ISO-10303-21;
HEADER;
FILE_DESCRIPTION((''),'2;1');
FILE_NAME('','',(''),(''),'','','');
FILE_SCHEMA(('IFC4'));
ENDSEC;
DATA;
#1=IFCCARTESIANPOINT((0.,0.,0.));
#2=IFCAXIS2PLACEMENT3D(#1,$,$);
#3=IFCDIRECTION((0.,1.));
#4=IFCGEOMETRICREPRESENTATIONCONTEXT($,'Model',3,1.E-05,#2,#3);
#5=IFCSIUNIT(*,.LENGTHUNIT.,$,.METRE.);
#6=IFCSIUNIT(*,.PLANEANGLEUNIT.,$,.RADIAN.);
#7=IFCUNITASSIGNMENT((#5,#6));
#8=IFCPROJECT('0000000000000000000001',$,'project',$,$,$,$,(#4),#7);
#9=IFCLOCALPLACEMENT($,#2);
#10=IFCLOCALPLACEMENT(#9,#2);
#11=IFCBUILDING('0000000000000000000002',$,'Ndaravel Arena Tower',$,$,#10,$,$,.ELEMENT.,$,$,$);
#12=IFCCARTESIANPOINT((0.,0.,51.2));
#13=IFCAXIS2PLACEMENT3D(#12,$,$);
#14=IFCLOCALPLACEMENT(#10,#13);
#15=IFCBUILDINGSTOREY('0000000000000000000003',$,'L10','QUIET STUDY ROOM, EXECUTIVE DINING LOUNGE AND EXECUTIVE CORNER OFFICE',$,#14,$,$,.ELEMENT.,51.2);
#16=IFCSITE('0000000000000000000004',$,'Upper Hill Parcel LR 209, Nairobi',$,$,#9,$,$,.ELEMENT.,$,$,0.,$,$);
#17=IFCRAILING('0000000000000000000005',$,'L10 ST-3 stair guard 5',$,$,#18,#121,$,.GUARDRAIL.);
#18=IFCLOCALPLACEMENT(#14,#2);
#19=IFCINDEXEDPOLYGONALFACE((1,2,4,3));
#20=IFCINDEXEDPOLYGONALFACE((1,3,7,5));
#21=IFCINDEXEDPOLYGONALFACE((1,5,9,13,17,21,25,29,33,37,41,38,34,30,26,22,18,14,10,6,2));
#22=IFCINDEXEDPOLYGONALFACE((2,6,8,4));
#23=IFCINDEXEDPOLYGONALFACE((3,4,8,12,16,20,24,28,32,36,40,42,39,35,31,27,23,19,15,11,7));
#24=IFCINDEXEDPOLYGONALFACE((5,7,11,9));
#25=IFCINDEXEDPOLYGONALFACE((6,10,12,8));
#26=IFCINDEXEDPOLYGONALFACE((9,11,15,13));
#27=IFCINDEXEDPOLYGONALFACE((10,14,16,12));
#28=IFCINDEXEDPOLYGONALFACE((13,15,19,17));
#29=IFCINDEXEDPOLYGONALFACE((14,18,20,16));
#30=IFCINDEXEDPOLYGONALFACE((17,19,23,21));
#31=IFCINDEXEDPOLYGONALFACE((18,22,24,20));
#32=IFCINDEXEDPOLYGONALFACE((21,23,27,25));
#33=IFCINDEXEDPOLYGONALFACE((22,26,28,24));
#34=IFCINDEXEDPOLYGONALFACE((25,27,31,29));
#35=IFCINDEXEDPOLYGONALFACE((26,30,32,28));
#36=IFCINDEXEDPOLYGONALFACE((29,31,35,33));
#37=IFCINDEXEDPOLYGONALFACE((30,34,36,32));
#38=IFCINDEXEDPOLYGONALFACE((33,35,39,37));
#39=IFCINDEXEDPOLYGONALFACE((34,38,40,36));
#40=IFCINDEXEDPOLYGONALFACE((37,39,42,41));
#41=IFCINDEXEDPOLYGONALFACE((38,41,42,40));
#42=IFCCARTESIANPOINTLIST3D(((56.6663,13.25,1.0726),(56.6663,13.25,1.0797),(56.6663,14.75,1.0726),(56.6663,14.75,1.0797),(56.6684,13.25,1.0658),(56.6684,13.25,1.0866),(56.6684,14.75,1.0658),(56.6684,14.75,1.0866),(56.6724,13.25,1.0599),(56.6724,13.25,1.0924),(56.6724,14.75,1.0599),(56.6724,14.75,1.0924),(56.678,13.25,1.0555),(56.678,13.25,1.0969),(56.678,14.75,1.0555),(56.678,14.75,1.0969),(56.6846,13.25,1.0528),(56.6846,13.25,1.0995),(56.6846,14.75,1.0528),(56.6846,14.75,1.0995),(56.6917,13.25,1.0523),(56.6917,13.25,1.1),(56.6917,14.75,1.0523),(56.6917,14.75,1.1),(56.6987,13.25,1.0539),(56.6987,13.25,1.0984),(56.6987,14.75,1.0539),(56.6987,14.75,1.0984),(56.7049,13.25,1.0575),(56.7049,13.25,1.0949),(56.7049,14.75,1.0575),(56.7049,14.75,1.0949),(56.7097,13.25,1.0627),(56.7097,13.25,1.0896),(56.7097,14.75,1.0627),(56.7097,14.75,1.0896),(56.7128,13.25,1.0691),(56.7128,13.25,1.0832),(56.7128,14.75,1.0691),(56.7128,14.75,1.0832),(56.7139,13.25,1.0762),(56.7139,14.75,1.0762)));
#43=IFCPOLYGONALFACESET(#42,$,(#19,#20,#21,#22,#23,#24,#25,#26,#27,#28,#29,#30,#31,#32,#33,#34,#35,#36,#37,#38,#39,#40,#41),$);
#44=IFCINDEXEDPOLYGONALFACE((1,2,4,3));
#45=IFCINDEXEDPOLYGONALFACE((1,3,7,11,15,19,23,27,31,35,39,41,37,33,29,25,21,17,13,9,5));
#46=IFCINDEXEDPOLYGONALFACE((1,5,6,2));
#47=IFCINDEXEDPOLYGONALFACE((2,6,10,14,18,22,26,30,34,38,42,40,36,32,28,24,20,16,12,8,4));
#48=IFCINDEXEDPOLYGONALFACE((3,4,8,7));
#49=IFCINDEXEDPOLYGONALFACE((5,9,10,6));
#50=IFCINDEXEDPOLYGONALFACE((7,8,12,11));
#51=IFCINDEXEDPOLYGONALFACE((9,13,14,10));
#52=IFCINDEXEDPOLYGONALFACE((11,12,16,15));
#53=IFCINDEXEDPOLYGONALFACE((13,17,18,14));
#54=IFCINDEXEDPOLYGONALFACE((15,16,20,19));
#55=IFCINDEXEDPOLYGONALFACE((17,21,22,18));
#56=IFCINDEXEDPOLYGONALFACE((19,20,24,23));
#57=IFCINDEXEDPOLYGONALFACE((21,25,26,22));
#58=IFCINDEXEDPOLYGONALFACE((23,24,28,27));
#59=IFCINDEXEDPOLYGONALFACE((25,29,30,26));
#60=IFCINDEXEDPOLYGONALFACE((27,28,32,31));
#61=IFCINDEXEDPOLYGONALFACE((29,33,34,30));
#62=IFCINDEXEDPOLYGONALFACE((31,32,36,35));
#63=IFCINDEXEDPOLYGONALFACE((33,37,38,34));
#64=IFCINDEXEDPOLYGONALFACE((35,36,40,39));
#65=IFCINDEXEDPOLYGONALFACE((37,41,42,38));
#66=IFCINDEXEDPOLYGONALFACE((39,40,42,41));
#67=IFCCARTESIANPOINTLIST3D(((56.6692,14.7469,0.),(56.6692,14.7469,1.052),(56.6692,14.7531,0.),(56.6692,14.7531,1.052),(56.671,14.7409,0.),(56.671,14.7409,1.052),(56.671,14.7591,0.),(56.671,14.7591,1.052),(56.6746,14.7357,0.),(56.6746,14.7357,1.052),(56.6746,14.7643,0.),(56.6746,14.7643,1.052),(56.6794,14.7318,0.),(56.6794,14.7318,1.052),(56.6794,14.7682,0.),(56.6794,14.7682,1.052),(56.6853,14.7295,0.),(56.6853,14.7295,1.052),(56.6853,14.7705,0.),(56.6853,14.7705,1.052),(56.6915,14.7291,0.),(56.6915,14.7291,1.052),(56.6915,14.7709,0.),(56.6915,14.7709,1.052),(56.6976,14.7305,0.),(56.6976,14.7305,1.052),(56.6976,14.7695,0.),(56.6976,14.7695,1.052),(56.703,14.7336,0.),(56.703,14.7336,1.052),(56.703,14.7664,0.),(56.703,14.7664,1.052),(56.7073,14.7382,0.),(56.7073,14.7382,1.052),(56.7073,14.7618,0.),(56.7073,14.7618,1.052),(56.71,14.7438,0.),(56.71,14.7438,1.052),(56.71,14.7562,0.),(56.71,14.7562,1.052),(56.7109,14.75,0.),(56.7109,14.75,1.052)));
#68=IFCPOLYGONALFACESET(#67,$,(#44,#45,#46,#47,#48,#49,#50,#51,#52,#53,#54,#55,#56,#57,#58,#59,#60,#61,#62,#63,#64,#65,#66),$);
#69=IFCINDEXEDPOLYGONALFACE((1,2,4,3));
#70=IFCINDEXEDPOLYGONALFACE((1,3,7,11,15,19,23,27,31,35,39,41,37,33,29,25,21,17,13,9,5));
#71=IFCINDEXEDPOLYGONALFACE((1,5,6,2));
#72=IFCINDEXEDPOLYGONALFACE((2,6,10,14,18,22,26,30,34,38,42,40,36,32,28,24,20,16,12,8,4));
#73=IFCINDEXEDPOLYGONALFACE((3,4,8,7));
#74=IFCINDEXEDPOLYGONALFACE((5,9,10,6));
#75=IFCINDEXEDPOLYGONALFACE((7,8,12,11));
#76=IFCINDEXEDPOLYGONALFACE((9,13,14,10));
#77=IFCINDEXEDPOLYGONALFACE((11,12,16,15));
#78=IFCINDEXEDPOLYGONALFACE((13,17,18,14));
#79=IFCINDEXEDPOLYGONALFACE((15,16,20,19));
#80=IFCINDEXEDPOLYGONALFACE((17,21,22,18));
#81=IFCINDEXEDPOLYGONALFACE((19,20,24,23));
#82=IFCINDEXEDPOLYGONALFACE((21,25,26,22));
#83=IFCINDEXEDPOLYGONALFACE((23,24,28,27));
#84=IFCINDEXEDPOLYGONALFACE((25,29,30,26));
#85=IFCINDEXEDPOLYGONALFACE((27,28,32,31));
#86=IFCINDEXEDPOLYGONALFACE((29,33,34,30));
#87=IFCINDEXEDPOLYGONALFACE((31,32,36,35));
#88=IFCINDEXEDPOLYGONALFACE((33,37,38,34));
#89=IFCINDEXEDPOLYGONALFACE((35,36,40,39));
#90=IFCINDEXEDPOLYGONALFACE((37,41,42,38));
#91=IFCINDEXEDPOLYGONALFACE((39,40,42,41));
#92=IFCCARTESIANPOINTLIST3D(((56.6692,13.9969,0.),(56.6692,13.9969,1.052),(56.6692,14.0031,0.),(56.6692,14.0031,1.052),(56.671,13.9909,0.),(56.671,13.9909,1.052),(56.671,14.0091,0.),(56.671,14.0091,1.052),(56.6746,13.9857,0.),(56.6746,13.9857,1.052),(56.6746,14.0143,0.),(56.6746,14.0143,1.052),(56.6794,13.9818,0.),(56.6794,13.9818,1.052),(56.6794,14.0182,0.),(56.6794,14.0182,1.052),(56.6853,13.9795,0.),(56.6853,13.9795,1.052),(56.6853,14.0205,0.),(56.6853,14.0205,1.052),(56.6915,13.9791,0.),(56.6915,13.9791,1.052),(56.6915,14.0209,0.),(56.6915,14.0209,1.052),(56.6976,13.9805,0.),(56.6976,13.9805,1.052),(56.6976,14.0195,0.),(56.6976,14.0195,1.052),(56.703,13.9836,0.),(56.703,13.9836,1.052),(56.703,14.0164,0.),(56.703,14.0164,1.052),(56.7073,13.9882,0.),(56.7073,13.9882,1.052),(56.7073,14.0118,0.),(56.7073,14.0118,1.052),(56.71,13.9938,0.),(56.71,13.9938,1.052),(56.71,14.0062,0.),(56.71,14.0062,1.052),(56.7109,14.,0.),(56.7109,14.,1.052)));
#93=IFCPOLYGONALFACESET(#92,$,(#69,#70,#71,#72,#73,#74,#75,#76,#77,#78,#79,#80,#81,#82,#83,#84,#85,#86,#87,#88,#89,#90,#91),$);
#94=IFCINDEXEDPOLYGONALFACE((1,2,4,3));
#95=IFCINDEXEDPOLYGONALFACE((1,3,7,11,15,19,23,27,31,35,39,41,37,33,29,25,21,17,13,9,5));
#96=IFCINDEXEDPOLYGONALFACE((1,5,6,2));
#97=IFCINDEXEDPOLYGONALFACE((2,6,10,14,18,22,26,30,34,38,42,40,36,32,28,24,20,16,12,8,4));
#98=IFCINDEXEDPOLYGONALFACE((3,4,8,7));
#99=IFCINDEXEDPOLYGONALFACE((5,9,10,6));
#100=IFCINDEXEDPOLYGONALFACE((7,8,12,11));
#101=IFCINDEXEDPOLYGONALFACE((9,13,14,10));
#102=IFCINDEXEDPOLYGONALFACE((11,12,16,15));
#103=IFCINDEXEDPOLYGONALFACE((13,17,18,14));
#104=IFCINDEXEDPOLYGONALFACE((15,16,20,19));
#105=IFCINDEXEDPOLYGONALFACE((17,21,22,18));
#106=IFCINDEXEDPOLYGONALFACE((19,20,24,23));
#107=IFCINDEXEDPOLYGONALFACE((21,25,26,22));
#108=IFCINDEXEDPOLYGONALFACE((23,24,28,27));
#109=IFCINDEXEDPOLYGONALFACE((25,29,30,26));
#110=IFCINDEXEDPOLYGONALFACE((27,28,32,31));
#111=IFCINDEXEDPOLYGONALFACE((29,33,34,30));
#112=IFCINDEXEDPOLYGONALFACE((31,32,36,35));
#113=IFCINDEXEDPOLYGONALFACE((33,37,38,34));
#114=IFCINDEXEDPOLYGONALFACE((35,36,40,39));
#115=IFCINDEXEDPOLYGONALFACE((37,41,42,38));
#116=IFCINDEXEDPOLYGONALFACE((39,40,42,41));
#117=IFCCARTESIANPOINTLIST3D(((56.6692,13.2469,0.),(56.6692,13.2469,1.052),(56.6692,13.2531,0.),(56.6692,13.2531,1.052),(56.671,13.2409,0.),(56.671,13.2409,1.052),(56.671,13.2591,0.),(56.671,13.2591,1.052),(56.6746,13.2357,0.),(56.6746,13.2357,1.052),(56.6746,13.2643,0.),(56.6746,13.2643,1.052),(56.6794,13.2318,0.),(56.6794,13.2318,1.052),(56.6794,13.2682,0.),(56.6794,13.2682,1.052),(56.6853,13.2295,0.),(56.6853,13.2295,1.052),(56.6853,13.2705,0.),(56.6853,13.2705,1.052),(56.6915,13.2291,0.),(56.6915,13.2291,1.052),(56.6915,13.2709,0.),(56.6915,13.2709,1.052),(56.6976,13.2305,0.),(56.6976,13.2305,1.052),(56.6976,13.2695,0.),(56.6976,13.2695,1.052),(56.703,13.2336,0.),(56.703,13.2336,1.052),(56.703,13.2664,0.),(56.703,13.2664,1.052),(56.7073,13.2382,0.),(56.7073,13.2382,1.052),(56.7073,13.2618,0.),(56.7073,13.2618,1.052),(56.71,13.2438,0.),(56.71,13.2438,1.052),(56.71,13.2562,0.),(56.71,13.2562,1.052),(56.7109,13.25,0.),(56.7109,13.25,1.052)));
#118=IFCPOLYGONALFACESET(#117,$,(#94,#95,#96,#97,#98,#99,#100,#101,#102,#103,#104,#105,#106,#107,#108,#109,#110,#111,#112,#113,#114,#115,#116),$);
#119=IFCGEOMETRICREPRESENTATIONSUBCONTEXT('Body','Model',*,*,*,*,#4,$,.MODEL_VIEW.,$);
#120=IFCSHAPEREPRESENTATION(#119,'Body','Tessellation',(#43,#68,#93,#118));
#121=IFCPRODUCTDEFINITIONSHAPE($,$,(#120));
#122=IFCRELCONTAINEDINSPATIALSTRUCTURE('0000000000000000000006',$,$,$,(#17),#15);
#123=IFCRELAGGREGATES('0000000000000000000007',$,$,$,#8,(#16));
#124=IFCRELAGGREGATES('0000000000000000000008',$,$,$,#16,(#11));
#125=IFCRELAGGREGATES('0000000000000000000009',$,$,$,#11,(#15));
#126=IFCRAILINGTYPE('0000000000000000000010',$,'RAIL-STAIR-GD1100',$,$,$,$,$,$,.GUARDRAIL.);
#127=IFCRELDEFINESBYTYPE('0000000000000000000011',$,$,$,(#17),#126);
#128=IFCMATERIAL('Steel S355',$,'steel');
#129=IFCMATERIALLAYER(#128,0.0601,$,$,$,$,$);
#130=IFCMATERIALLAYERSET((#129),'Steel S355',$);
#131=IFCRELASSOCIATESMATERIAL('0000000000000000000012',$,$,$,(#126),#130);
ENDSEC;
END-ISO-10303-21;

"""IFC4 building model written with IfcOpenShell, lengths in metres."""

from ifc_helpers import new_model, si_unit, direction, frame, origin, origin_2d, place, context, subcontext, project, spatial, circle, extrude, material, layer, layer_set, type_object, element, save


model = new_model("IFC4")

# Units and contexts
model_context = context("Model", 3, precision=1e-05, world=origin(), true_north=direction((0.0, 1.0)))
body_context = subcontext(model_context, "Body", "Model", "MODEL_VIEW")
ifc_project = project(units=[si_unit("LENGTHUNIT", "METRE"), si_unit("PLANEANGLEUNIT", "RADIAN")], contexts=[model_context])

# Site, building, storey
site_placement = place(None, origin())
site = spatial("IfcSite", under=ifc_project, at=site_placement, Name="Upper Hill Parcel LR 209, Nairobi", CompositionType="ELEMENT", RefElevation=0.0)
building_placement = place(site_placement, origin())
building = spatial("IfcBuilding", under=site, at=building_placement, Name="Ndaravel Arena Tower", CompositionType="ELEMENT")
storey_placement = place(building_placement, frame((0.0, 0.0, 51.2)))
storey = spatial("IfcBuildingStorey", under=building, at=storey_placement, Name="L10", Description="QUIET STUDY ROOM, EXECUTIVE DINING LOUNGE AND EXECUTIVE CORNER OFFICE", CompositionType="ELEMENT", Elevation=51.2)

# Railing
ifc_material_1 = material(Name="Steel S355", Category="steel")
ifc_layer_1 = layer(ifc_material_1, 0.0601)
ifc_layer_set_1 = layer_set([ifc_layer_1], Name="Steel S355")
railing_type = type_object("IfcRailingType", Name="RAIL-STAIR-GD1100", PredefinedType="GUARDRAIL", material=ifc_layer_set_1)
for number, where, name in (
    (1, (56.6899, 14.75, 0.0), "L10 ST-3 stair guard 5"),
):
    element("IfcRailing", number, at=place(storey_placement, frame(where)), inside=storey, type_object=railing_type, Name=name, PredefinedType="GUARDRAIL", context=body_context, shape_type="SweptSolid", body=[
        extrude(circle(Radius=0.0239, at=origin_2d()), frame((0.0, 0.0, 1.0762), z_axis=(0.0, -1.0, 0.0), x_axis=(1.0, 0.0, 0.0)), (0.0, 0.0, 1.0), 1.5),
        extrude(circle(Radius=0.021, at=origin_2d()), origin(), (0.0, 0.0, 1.0), 1.052),
        extrude(circle(Radius=0.021, at=origin_2d()), frame((0.0, -0.75, 0.0)), (0.0, 0.0, 1.0), 1.052),
        extrude(circle(Radius=0.021, at=origin_2d()), frame((0.0, -1.5, 0.0)), (0.0, 0.0, 1.0), 1.052),
    ])

save(model, "model.ifc")
